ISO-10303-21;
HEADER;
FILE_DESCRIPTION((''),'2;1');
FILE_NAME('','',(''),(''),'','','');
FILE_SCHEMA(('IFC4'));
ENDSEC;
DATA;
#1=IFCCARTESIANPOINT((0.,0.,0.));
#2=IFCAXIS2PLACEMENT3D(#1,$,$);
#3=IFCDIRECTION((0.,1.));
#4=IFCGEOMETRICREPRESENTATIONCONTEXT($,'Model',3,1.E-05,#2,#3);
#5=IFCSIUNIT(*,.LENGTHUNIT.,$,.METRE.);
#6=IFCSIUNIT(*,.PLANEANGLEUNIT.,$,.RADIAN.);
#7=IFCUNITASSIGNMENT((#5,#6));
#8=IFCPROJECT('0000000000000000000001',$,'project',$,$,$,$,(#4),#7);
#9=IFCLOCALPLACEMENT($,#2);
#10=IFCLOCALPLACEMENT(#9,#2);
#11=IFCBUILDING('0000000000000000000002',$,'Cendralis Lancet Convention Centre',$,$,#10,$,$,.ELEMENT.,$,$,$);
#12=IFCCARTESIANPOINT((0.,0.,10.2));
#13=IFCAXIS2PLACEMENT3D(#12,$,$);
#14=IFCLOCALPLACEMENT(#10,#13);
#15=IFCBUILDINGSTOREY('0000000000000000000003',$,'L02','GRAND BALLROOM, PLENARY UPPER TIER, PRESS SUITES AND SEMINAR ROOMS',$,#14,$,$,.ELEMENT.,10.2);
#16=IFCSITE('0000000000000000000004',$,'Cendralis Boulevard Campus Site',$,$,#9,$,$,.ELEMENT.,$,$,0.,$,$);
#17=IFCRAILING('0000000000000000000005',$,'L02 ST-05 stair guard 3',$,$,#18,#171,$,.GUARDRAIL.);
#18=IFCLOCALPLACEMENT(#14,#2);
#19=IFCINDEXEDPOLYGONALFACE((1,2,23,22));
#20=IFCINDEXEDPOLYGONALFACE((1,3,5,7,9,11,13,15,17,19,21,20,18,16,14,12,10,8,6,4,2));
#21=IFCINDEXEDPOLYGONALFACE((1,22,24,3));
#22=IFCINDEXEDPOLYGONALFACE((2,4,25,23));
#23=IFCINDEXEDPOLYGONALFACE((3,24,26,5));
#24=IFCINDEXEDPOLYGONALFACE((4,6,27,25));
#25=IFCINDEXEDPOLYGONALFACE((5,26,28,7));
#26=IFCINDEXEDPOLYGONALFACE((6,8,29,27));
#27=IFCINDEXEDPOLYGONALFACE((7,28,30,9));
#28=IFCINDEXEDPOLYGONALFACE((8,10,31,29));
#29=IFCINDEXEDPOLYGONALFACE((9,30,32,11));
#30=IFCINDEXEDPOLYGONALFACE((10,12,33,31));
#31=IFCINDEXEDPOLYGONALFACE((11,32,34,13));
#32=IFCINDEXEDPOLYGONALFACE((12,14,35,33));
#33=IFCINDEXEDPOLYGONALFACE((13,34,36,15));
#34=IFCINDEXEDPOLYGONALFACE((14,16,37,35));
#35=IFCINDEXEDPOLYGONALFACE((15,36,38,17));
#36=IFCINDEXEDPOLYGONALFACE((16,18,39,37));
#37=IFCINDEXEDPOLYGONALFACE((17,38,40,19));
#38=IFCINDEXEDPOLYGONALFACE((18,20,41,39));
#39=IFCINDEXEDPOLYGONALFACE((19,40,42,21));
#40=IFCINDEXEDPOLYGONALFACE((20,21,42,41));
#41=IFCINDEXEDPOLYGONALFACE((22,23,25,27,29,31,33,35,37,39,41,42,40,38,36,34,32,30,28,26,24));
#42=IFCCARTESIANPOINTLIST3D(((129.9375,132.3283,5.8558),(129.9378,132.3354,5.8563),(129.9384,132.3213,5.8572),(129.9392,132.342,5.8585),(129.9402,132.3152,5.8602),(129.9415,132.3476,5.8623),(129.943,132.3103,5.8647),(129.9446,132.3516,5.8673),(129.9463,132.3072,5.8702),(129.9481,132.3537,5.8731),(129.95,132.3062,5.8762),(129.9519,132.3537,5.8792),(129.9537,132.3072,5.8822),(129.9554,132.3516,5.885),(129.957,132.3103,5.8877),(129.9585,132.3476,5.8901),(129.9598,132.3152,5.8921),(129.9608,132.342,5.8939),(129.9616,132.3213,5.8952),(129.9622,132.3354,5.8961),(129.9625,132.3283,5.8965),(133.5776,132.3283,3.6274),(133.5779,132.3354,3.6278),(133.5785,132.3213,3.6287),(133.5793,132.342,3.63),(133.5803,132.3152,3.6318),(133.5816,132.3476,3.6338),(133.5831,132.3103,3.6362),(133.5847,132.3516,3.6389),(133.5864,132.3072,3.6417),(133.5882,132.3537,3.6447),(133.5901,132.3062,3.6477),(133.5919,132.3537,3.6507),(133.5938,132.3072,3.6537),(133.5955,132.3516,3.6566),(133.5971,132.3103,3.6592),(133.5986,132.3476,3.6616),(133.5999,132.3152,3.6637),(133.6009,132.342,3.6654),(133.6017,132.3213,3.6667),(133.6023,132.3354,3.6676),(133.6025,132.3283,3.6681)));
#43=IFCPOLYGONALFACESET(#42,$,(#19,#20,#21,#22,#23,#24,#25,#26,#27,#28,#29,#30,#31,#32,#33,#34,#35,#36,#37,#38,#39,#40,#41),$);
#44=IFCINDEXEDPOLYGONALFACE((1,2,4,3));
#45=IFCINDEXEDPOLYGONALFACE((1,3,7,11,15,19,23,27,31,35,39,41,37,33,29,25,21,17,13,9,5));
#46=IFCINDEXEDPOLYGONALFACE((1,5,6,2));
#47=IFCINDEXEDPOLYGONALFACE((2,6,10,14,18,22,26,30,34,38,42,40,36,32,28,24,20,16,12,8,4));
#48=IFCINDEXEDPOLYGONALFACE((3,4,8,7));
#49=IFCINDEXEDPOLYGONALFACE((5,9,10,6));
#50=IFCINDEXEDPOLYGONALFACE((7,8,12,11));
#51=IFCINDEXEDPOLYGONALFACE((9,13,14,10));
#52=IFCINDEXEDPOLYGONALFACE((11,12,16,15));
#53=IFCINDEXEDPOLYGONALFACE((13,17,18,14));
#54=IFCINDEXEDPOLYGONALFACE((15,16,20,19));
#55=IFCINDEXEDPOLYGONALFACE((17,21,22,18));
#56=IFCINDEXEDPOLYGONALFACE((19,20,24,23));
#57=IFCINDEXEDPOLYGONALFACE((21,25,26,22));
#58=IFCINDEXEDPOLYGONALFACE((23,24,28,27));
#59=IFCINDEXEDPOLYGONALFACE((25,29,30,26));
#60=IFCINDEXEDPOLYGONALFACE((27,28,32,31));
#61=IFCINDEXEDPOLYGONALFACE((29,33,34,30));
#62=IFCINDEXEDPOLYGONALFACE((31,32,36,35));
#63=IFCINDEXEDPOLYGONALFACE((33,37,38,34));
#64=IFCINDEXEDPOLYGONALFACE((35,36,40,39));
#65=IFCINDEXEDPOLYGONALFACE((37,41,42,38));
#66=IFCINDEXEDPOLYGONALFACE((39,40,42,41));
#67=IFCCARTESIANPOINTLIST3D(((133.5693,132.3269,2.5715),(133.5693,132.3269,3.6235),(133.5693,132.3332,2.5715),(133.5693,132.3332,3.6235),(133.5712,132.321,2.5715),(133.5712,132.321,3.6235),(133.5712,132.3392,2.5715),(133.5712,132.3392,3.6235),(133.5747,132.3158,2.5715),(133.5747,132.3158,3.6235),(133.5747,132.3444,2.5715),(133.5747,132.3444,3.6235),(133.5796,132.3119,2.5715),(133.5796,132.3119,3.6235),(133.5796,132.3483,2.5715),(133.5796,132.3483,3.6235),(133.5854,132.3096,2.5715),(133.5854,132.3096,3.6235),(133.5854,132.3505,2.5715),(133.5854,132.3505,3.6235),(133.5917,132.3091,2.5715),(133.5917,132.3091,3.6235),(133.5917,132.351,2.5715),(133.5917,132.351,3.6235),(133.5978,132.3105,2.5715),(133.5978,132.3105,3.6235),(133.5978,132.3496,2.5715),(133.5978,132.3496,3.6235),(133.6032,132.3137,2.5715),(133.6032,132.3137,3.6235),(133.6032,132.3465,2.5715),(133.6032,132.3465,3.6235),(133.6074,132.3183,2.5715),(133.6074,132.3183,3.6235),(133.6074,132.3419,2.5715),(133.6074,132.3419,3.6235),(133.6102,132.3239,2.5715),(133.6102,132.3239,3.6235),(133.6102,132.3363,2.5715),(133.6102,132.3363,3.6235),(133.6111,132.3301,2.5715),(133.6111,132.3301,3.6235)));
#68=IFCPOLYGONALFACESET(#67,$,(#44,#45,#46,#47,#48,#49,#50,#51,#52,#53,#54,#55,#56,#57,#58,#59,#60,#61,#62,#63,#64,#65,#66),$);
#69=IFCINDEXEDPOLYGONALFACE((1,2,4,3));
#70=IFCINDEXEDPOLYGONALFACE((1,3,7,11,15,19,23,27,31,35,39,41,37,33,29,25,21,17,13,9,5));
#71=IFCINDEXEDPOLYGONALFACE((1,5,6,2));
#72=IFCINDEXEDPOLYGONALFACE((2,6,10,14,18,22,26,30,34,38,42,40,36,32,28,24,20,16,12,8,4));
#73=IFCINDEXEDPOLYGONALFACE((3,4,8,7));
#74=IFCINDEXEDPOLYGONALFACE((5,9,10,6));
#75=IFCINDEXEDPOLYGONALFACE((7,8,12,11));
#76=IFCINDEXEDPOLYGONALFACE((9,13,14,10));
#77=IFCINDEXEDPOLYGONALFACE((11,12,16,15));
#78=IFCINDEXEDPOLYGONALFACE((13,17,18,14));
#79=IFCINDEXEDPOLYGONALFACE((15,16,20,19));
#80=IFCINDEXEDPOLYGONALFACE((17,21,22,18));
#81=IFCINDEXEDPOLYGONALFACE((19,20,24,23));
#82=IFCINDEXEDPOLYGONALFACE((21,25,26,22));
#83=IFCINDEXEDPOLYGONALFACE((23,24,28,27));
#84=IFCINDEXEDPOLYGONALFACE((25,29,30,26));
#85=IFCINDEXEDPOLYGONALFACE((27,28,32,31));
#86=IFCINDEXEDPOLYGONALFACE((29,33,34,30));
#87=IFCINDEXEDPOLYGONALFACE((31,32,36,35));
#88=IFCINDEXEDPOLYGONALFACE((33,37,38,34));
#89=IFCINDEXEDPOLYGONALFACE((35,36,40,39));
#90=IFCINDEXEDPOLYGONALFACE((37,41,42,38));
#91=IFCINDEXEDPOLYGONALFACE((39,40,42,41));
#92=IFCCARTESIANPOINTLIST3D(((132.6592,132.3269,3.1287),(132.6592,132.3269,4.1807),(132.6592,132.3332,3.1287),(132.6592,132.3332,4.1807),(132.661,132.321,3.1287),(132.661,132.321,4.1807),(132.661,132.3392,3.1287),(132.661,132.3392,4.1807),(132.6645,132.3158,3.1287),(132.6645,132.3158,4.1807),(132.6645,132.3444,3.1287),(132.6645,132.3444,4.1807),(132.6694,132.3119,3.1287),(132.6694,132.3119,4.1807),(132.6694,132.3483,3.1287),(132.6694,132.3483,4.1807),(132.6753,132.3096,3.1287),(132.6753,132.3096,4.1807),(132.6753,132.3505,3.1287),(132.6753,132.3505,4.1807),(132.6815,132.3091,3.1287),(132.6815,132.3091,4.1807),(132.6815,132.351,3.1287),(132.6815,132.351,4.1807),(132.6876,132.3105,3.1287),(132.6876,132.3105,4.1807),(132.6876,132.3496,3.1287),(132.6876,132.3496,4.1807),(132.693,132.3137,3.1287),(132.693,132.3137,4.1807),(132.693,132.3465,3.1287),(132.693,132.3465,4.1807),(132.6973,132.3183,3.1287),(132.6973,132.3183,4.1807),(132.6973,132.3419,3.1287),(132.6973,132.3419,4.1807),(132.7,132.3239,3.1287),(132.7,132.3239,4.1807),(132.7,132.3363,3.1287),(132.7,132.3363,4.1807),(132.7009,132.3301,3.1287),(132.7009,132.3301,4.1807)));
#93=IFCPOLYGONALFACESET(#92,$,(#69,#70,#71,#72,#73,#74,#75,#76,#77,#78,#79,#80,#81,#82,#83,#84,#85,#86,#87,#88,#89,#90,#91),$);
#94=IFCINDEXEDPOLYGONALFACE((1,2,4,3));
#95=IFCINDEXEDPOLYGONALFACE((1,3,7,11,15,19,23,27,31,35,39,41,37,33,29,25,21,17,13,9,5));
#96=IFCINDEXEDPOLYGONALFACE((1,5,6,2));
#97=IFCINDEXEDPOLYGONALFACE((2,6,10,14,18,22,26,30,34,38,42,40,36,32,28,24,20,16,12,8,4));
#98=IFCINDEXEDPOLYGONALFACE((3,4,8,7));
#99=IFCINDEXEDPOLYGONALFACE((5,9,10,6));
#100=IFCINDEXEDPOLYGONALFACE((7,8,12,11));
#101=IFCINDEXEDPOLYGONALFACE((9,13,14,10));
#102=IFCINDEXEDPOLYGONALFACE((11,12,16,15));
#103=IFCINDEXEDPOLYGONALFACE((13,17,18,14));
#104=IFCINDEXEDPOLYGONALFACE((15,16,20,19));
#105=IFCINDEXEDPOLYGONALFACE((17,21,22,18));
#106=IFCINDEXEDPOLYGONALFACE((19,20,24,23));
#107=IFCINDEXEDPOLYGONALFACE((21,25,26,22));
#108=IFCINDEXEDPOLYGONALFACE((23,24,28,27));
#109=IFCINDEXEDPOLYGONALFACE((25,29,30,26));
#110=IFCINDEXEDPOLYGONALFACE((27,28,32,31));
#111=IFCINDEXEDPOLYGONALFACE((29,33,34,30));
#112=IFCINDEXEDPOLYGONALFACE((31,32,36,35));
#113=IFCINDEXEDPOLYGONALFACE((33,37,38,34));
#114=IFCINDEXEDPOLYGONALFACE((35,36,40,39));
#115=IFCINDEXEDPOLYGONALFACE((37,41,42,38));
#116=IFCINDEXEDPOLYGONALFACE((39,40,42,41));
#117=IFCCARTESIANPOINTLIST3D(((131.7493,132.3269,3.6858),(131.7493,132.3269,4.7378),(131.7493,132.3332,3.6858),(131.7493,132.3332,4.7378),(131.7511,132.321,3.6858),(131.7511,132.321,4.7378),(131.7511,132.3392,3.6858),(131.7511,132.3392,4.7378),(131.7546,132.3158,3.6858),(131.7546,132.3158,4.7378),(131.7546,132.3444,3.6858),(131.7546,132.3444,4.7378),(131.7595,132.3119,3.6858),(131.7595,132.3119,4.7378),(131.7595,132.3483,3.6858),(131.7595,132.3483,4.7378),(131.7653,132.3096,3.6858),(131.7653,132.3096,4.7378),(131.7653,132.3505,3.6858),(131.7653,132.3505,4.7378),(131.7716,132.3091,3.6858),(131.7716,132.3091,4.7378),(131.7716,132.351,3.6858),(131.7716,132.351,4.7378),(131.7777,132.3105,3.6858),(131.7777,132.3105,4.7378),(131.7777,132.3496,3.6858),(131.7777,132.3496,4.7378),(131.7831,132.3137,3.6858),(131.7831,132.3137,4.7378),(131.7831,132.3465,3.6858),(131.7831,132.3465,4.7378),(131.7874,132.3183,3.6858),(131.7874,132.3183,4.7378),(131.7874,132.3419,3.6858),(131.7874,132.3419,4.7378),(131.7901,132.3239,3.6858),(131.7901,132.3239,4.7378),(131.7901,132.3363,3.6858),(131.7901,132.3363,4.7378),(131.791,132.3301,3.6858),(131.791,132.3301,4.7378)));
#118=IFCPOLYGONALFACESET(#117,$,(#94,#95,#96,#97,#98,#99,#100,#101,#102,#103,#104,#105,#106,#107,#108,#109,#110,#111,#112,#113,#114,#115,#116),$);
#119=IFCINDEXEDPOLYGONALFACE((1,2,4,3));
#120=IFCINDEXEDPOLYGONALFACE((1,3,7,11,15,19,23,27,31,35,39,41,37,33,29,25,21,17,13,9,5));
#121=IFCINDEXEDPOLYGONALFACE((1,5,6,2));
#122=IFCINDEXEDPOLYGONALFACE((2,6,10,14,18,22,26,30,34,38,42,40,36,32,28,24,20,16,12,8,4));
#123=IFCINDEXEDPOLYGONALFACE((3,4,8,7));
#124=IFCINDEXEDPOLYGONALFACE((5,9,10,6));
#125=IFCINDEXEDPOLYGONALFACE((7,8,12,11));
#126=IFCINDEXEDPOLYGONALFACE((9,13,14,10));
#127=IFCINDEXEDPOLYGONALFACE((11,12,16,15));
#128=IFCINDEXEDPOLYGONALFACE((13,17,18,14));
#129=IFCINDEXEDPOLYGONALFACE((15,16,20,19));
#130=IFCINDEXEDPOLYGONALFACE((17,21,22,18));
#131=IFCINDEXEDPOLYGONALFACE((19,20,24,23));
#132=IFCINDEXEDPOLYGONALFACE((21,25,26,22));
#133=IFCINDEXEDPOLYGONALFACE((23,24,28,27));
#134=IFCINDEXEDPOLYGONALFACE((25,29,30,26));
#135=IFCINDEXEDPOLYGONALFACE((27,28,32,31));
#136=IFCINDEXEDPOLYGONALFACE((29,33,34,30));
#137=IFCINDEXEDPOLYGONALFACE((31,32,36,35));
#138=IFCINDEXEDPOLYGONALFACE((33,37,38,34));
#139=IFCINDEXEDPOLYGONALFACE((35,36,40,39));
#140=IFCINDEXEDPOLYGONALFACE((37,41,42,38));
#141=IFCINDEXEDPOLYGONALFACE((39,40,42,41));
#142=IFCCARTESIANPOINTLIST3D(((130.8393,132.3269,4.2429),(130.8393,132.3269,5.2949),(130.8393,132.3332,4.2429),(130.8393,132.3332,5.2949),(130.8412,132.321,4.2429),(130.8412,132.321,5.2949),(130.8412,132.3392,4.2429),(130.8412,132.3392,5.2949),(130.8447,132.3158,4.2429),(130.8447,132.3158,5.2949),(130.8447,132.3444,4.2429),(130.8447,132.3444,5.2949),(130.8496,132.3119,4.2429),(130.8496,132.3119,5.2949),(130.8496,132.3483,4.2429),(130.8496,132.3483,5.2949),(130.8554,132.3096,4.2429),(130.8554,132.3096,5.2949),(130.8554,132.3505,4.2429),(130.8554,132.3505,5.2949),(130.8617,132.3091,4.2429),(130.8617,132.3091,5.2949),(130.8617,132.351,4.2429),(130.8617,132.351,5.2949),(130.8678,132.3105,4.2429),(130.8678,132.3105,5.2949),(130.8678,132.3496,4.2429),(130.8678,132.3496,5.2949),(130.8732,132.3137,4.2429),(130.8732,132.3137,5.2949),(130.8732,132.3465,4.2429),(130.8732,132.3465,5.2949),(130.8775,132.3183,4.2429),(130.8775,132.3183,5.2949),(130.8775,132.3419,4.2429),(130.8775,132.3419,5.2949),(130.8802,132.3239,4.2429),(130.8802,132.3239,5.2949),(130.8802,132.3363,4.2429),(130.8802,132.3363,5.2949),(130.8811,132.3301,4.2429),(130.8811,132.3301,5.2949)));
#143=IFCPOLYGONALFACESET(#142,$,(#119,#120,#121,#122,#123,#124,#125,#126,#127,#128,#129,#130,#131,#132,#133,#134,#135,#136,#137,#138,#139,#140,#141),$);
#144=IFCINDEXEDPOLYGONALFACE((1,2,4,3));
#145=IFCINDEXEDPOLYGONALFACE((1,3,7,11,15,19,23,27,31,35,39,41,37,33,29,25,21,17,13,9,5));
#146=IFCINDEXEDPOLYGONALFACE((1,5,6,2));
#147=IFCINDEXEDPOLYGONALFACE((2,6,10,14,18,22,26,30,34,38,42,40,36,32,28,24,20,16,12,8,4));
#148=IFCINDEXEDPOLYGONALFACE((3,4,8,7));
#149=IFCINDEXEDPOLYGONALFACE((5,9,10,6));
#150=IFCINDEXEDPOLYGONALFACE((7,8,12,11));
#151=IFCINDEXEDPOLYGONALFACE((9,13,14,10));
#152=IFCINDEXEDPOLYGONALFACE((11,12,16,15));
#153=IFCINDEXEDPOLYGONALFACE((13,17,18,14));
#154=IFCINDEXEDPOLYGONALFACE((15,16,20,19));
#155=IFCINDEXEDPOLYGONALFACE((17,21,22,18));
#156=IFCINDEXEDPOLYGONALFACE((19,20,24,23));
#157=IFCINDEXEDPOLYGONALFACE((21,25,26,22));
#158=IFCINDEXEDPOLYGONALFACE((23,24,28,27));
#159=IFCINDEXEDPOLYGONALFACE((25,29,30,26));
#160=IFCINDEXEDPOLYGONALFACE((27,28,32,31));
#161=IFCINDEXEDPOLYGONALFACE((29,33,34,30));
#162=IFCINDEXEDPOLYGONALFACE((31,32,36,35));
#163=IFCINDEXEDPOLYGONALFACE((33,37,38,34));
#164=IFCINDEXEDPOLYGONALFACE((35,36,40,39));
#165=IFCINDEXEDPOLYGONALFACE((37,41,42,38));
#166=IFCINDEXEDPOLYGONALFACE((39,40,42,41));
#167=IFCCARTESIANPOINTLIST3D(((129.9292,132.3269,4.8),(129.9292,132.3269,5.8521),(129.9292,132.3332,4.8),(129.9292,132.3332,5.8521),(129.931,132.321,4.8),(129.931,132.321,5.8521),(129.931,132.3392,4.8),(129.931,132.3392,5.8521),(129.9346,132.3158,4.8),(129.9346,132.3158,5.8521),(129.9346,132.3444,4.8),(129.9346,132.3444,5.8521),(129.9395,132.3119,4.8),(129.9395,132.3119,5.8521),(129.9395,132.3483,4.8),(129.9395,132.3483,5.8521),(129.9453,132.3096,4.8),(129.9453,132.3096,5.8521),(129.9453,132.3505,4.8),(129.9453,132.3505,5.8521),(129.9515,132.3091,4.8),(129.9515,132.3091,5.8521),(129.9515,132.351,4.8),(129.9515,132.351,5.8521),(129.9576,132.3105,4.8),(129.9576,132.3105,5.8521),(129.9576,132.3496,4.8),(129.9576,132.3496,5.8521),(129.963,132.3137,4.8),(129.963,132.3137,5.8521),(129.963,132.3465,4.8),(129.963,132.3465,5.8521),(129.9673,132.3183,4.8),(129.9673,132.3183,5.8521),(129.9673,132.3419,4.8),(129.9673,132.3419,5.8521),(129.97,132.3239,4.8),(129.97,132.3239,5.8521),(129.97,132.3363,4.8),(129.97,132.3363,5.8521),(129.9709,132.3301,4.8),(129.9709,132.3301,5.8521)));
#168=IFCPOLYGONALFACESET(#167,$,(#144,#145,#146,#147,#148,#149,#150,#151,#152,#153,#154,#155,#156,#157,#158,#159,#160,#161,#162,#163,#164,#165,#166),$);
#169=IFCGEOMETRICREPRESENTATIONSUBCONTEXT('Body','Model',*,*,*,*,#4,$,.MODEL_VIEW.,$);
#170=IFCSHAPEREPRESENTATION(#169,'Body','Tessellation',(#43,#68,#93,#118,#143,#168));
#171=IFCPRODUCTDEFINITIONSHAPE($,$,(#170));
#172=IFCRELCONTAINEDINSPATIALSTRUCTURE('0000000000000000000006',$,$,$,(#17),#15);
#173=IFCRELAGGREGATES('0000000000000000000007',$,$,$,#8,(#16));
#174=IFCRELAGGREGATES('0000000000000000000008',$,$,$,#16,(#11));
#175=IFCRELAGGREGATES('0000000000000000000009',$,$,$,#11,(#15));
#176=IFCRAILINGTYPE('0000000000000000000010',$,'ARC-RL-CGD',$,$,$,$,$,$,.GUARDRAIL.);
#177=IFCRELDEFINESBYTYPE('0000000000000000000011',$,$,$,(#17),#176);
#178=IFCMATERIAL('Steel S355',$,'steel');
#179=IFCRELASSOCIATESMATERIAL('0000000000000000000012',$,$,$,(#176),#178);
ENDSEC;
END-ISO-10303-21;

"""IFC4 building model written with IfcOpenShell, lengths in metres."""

from ifc_helpers import new_model, si_unit, direction, frame, origin, origin_2d, place, context, subcontext, project, spatial, circle, extrude, material, type_object, element, save


model = new_model("IFC4")

# Units and contexts
model_context = context("Model", 3, precision=1e-05, world=origin(), true_north=direction((0.0, 1.0)))
body_context = subcontext(model_context, "Body", "Model", "MODEL_VIEW")
ifc_project = project(units=[si_unit("LENGTHUNIT", "METRE"), si_unit("PLANEANGLEUNIT", "RADIAN")], contexts=[model_context])

# Site, building, storey
site_placement = place(None, origin())
site = spatial("IfcSite", under=ifc_project, at=site_placement, Name="Cendralis Boulevard Campus Site", CompositionType="ELEMENT", RefElevation=0.0)
building_placement = place(site_placement, origin())
building = spatial("IfcBuilding", under=site, at=building_placement, Name="Cendralis Lancet Convention Centre", CompositionType="ELEMENT")
storey_placement = place(building_placement, frame((0.0, 0.0, 10.2)))
storey = spatial("IfcBuildingStorey", under=building, at=storey_placement, Name="L02", Description="GRAND BALLROOM, PLENARY UPPER TIER, PRESS SUITES AND SEMINAR ROOMS", CompositionType="ELEMENT", Elevation=10.2)

# Shared definitions
ifc_material_1 = material(Name="Steel S355", Category="steel")

# Railing
railing_type_1 = type_object("IfcRailingType", Name="ARC-RL-CGD", PredefinedType="GUARDRAIL", material=ifc_material_1)
railing_1_placement = place(storey_placement, frame((133.5901, 132.3301, 2.5715)))
element("IfcRailing", 1, at=railing_1_placement, inside=storey, type_object=railing_type_1, Name="L02 ST-05 stair guard 3", PredefinedType="GUARDRAIL", context=body_context, shape_type="SweptSolid", body=[
    extrude(circle(Radius=0.0239, at=origin_2d()), frame((0.0, 0.0, 1.0762), z_axis=(-0.852866, 0.0, 0.52213), x_axis=(0.0, -1.0, 0.0)), (0.0, 0.0, 1.0), 4.2681),
    extrude(circle(Radius=0.021, at=origin_2d()), origin(), (0.0, 0.0, 1.0), 1.052),
    extrude(circle(Radius=0.021, at=origin_2d()), frame((-0.9102, 0.0, 0.5571)), (0.0, 0.0, 1.0), 1.052),
    extrude(circle(Radius=0.021, at=origin_2d()), frame((-1.8201, 0.0, 1.1143)), (0.0, 0.0, 1.0), 1.052),
    extrude(circle(Radius=0.021, at=origin_2d()), frame((-2.73, 0.0, 1.6714)), (0.0, 0.0, 1.0), 1.052),
    extrude(circle(Radius=0.021, at=origin_2d()), frame((-3.6401, 0.0, 2.2285)), (0.0, 0.0, 1.0), 1.052),
])

save(model, "model.ifc")
